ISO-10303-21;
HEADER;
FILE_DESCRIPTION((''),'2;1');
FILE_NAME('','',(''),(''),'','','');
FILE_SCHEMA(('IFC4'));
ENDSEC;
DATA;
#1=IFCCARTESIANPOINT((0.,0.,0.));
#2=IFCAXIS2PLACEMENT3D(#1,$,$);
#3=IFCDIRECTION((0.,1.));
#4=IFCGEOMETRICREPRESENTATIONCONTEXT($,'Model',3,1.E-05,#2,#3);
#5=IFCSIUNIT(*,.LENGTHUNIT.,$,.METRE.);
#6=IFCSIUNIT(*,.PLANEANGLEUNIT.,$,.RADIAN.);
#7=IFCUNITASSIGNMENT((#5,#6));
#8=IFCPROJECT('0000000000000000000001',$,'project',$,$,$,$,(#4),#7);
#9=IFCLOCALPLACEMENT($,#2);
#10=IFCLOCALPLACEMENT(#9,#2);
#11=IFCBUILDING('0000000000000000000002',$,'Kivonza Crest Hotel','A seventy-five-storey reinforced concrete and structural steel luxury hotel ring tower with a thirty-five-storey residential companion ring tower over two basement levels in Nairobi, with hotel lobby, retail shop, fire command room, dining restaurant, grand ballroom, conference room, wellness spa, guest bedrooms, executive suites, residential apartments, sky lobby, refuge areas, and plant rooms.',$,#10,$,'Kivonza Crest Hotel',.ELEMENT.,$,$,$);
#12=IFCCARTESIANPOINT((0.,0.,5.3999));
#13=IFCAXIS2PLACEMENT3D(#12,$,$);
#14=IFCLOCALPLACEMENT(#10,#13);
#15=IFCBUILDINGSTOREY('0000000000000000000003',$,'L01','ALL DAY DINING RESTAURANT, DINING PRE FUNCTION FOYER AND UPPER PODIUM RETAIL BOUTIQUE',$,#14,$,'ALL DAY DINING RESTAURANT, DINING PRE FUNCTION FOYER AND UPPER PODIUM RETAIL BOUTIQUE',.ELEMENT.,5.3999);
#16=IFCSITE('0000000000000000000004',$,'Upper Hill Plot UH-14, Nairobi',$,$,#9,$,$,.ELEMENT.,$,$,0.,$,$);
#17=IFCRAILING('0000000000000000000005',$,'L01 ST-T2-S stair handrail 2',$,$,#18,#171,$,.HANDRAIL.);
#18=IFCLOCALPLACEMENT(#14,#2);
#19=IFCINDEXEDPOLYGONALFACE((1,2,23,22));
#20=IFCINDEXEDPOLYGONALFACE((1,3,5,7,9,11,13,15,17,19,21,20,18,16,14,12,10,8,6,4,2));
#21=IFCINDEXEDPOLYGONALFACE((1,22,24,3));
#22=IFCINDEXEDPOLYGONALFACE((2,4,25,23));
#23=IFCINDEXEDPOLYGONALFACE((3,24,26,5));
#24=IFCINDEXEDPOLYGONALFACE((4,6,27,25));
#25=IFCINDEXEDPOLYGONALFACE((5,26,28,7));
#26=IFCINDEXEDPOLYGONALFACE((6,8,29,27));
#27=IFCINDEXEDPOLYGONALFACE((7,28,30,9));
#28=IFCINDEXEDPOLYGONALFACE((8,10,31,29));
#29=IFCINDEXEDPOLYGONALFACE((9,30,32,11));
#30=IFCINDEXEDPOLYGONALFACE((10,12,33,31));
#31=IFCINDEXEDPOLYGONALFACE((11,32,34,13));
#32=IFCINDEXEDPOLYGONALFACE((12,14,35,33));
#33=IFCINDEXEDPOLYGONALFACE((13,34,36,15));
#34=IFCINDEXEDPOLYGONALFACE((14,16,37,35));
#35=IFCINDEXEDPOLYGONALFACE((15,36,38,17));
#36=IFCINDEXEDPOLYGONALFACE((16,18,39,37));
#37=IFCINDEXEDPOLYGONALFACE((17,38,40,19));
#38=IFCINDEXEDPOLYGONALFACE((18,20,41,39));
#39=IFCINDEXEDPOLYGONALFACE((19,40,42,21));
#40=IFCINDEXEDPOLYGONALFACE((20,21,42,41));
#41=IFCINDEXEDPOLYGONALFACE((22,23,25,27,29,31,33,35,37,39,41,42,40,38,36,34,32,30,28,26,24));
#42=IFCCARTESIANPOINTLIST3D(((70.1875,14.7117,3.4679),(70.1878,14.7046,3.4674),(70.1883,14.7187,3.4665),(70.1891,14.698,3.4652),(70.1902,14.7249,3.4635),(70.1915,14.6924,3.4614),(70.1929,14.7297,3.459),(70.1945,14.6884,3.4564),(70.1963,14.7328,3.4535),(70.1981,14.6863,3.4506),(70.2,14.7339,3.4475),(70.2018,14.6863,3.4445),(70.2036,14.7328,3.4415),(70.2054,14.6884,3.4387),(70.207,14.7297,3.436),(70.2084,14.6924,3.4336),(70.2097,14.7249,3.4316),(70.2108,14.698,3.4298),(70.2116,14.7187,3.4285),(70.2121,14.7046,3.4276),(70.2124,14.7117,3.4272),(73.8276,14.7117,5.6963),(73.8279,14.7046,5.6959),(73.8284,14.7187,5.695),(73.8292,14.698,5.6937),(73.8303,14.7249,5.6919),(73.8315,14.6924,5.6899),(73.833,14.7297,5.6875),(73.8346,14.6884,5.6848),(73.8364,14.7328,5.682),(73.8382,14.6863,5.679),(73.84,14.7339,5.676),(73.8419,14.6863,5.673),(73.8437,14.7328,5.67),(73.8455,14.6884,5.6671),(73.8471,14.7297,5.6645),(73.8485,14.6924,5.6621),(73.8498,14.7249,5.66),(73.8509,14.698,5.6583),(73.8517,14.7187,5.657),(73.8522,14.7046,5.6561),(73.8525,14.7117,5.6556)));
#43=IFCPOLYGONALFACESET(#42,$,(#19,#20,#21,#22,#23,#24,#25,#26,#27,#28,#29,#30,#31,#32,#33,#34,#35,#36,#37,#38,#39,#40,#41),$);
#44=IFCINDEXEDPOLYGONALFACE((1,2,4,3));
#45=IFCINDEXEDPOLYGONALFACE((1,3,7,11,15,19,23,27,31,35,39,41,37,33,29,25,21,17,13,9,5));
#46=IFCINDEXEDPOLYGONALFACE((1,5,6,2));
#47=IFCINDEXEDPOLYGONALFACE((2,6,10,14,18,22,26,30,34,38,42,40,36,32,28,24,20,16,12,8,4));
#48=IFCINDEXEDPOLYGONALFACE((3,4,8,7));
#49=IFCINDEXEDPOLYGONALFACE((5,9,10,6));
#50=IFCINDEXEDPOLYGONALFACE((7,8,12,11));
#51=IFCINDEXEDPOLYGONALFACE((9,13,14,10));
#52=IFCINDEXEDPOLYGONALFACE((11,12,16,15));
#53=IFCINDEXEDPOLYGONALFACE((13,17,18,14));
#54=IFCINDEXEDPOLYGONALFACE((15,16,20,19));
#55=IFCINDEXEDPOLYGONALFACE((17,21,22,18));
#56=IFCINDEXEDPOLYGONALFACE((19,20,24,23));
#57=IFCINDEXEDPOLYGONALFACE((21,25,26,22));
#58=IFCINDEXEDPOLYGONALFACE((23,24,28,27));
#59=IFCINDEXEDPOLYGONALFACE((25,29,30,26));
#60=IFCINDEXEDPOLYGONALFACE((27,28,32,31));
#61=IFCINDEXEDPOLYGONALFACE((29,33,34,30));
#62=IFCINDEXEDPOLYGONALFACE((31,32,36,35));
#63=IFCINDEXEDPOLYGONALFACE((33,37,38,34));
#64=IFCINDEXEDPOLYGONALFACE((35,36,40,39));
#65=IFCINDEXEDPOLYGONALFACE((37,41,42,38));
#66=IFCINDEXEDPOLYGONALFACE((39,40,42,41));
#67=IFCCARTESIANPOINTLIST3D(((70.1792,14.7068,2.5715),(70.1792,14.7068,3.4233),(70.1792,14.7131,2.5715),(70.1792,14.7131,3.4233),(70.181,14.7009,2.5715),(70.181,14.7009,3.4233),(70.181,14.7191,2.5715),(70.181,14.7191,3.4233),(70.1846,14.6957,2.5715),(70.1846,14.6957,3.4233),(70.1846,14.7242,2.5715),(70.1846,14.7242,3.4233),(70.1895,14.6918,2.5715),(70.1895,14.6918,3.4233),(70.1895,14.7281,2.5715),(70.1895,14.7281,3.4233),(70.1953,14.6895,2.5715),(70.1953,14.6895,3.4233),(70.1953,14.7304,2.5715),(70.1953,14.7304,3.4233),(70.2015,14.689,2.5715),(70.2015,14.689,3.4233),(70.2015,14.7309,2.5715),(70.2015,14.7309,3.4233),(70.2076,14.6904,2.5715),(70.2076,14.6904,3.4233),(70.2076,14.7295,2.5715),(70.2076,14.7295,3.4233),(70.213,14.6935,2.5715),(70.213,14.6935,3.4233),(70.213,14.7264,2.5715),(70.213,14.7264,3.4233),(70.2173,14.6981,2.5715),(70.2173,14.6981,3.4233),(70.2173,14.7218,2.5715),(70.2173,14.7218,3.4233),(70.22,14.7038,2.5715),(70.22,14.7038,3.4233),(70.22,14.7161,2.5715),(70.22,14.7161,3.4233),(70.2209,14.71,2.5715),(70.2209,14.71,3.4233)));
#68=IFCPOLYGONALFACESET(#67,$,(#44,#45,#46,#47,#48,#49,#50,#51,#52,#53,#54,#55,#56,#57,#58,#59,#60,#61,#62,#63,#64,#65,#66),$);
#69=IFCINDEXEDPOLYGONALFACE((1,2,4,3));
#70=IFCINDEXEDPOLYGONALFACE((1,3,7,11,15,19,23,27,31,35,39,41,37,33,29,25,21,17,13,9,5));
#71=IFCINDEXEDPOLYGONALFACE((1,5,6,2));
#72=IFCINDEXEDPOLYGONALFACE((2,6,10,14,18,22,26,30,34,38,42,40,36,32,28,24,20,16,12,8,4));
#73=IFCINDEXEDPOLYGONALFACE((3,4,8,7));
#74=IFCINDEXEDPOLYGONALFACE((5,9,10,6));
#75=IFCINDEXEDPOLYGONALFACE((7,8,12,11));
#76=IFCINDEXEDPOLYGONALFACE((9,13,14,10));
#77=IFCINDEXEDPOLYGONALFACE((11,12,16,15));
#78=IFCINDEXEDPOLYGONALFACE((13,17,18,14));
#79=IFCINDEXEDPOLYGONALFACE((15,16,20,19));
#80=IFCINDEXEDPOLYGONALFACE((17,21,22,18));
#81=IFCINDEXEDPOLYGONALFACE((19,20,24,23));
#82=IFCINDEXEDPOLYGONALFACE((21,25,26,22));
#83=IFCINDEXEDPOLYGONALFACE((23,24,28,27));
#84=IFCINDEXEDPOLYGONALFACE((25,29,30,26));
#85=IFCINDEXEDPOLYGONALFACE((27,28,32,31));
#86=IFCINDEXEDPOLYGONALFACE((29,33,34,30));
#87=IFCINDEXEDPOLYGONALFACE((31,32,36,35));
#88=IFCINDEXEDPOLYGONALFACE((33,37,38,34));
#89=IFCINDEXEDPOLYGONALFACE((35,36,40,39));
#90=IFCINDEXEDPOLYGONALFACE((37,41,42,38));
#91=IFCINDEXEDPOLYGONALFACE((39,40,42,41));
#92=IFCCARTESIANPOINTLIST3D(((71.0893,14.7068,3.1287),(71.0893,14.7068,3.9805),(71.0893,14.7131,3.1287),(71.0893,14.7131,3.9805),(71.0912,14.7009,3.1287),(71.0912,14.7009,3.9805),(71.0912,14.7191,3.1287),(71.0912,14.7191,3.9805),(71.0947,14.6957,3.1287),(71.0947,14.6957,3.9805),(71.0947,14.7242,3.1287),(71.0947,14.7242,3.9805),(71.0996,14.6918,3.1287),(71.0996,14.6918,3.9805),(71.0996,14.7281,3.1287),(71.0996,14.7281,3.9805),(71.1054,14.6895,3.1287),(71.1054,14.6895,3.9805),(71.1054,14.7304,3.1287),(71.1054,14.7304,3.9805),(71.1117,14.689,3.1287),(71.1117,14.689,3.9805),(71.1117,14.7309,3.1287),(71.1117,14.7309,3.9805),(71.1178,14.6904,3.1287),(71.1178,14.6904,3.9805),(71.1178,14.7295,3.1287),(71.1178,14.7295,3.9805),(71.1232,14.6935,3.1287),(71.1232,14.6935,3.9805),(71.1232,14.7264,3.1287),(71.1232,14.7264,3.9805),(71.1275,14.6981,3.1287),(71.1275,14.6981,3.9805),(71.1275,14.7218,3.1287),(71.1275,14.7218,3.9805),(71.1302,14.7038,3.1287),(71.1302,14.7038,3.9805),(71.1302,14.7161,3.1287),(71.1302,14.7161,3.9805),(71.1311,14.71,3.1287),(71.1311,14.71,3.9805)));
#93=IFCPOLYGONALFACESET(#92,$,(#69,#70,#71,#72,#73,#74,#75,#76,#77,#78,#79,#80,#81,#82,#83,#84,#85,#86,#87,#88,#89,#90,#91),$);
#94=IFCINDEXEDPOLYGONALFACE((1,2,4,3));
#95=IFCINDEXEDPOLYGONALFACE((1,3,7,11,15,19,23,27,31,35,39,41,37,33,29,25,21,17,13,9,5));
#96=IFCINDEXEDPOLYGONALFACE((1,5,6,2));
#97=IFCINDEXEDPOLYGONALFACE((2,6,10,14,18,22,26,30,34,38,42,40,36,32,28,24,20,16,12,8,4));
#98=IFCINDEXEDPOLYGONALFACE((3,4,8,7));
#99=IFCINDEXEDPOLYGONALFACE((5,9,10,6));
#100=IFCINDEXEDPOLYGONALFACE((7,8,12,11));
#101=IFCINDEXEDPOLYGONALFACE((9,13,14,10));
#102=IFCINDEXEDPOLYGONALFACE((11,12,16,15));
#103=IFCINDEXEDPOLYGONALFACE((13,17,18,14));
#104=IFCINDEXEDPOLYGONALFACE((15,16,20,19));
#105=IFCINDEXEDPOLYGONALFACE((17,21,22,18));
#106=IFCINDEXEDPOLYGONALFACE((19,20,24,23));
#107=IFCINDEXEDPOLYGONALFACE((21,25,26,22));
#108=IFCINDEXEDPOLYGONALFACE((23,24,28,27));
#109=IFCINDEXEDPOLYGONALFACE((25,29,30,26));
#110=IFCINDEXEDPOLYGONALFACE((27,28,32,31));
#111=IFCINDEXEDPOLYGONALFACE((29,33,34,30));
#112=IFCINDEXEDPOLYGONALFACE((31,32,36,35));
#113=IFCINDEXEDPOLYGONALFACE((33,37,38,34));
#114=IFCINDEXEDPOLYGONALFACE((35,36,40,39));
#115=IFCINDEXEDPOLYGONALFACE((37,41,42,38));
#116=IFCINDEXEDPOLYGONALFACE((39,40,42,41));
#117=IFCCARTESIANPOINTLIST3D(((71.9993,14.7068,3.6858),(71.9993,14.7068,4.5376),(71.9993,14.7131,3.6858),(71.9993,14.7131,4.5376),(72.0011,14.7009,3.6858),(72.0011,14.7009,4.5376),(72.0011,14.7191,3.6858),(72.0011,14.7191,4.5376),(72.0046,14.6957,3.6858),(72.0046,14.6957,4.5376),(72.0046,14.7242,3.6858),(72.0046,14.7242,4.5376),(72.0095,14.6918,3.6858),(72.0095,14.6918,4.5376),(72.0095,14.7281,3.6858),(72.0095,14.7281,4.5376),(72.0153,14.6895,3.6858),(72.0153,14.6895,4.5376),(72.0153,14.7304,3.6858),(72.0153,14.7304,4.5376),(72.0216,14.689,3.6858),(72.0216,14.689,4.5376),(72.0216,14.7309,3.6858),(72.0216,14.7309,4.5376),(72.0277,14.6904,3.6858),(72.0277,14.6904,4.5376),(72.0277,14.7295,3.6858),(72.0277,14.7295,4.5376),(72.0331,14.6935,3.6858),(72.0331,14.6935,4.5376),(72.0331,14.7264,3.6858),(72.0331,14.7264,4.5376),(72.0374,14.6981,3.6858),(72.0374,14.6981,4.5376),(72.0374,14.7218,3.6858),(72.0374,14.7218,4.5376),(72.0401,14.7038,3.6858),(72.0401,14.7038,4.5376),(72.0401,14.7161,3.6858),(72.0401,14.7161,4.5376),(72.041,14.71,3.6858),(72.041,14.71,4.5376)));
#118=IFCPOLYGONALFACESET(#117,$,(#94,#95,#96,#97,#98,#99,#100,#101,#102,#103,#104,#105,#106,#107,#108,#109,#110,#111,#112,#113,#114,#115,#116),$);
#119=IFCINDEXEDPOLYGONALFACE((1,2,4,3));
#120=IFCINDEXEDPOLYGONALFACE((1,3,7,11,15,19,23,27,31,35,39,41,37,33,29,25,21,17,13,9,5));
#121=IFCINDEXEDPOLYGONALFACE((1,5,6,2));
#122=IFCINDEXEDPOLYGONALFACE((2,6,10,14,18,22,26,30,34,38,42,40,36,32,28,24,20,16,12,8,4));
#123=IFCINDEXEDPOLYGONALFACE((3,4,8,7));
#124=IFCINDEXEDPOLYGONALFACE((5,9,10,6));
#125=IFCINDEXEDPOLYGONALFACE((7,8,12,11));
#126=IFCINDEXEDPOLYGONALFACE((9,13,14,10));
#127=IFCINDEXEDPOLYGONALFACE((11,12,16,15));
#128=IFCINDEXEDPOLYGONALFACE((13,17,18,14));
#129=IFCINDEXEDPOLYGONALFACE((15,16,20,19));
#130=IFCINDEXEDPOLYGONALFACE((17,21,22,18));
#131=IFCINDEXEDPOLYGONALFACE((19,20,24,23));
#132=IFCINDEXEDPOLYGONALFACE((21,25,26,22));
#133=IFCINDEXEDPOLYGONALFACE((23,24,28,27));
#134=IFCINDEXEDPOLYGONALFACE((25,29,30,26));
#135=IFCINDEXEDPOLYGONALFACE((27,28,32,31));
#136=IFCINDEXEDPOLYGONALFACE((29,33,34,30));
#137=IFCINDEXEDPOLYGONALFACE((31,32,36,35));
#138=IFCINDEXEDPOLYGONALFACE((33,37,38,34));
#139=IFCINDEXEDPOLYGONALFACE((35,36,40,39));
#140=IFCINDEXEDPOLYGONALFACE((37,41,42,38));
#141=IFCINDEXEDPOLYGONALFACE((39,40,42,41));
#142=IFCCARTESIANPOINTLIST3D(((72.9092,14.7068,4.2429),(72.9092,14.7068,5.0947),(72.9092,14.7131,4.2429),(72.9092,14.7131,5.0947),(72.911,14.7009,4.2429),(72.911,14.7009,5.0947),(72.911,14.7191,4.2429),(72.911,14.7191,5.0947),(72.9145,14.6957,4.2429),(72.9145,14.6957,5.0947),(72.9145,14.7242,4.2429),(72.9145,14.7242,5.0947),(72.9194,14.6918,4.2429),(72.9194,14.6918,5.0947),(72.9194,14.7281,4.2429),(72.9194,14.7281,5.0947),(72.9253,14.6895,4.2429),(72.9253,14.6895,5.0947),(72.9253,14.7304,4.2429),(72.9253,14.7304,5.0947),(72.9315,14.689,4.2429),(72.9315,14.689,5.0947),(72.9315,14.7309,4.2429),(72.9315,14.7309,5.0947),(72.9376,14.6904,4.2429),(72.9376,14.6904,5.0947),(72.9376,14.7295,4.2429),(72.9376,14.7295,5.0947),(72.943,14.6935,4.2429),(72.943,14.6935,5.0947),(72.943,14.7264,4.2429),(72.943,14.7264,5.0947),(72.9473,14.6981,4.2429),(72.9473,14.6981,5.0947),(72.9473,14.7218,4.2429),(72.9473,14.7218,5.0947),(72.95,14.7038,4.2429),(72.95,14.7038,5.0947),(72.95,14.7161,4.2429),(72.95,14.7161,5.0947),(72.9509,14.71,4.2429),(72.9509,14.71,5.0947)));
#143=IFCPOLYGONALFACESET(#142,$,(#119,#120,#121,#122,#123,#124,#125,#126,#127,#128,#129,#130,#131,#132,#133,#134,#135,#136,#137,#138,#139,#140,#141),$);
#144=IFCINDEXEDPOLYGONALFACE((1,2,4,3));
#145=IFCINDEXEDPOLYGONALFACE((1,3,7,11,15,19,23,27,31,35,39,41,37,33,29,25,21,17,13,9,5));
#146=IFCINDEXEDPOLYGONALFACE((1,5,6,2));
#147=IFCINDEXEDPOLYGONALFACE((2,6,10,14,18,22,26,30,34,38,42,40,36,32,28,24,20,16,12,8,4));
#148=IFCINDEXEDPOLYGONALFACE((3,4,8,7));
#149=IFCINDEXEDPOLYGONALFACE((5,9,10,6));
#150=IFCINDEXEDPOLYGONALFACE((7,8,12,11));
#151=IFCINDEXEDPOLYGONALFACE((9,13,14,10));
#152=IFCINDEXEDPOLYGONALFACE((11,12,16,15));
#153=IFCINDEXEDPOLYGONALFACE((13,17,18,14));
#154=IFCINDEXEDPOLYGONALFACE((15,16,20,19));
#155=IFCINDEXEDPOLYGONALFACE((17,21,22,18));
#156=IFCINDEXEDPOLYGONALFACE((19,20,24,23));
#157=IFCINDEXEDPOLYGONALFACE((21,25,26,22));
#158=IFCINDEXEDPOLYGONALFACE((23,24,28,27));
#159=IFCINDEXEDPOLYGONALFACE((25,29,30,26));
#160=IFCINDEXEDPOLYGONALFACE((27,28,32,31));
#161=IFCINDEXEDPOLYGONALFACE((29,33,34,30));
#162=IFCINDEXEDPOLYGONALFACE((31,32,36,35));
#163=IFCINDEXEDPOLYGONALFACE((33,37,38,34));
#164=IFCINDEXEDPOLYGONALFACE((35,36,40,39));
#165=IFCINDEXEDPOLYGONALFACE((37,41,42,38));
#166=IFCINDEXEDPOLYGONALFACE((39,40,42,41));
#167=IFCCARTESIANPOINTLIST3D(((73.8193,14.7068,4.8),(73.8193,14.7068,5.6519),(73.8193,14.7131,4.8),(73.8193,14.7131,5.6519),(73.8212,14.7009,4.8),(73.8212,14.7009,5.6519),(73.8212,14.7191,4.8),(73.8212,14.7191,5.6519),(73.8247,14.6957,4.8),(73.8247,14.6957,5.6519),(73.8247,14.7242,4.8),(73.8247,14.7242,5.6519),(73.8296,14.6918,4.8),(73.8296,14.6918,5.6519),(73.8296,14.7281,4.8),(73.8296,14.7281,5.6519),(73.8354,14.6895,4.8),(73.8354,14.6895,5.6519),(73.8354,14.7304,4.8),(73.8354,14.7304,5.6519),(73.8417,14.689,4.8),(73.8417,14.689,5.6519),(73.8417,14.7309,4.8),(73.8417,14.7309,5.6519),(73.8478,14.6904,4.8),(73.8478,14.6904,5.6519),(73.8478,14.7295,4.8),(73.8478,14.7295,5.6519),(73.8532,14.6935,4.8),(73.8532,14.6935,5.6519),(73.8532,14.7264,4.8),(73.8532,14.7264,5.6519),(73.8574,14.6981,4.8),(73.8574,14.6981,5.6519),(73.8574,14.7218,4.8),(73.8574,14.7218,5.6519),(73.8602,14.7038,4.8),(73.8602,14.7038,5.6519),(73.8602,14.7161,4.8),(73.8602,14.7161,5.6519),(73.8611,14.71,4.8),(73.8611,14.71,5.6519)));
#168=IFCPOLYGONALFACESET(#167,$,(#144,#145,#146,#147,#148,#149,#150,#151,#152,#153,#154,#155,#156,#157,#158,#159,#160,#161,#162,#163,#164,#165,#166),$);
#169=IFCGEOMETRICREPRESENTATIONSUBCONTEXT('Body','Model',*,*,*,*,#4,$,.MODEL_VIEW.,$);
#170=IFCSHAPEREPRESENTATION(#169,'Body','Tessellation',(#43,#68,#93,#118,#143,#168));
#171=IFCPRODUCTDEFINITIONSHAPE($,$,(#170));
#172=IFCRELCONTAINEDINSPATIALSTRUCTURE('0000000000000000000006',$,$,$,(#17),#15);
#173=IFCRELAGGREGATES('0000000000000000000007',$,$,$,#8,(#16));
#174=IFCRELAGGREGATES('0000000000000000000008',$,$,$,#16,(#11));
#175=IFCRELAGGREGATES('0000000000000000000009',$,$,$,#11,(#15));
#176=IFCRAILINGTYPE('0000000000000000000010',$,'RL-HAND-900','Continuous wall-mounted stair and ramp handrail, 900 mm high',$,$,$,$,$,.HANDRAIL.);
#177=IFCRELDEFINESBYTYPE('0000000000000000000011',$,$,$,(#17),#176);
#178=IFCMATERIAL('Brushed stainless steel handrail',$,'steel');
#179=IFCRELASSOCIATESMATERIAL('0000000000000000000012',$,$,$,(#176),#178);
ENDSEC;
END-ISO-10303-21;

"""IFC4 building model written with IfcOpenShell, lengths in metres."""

from ifc_helpers import new_model, si_unit, direction, frame, origin, origin_2d, place, context, subcontext, project, spatial, circle, extrude, material, type_object, element, save


model = new_model("IFC4")

# Units and contexts
model_context = context("Model", 3, precision=1e-05, world=origin(), true_north=direction((0.0, 1.0)))
body_context = subcontext(model_context, "Body", "Model", "MODEL_VIEW")
ifc_project = project(units=[si_unit("LENGTHUNIT", "METRE"), si_unit("PLANEANGLEUNIT", "RADIAN")], contexts=[model_context])

# Site, building, storey
site_placement = place(None, origin())
site = spatial("IfcSite", under=ifc_project, at=site_placement, Name="Upper Hill Plot UH-14, Nairobi", CompositionType="ELEMENT", RefElevation=0.0)
building_placement = place(site_placement, origin())
building = spatial("IfcBuilding", under=site, at=building_placement, Name="Kivonza Crest Hotel", Description="A seventy-five-storey reinforced concrete and structural steel luxury hotel ring tower with a thirty-five-storey residential companion ring tower over two basement levels in Nairobi, with hotel lobby, retail shop, fire command room, dining restaurant, grand ballroom, conference room, wellness spa, guest bedrooms, executive suites, residential apartments, sky lobby, refuge areas, and plant rooms.", LongName="Kivonza Crest Hotel", CompositionType="ELEMENT")
storey_placement = place(building_placement, frame((0.0, 0.0, 5.3999)))
storey = spatial("IfcBuildingStorey", under=building, at=storey_placement, Name="L01", Description="ALL DAY DINING RESTAURANT, DINING PRE FUNCTION FOYER AND UPPER PODIUM RETAIL BOUTIQUE", LongName="ALL DAY DINING RESTAURANT, DINING PRE FUNCTION FOYER AND UPPER PODIUM RETAIL BOUTIQUE", CompositionType="ELEMENT", Elevation=5.3999)

# Railing
ifc_material_1 = material(Name="Brushed stainless steel handrail", Category="steel")
railing_type_1 = type_object("IfcRailingType", Name="RL-HAND-900", Description="Continuous wall-mounted stair and ramp handrail, 900 mm high", PredefinedType="HANDRAIL", material=ifc_material_1)
railing_1_placement = place(storey_placement, frame((70.2, 14.71, 2.5715)))
element("IfcRailing", 1, at=railing_1_placement, inside=storey, type_object=railing_type_1, Name="L01 ST-T2-S stair handrail 2", PredefinedType="HANDRAIL", context=body_context, shape_type="SweptSolid", body=[
    extrude(circle(Radius=0.0239, at=origin_2d()), frame((0.0, 0.0, 0.876), z_axis=(0.852866, 0.0, 0.52213), x_axis=(0.0, 1.0, 0.0)), (0.0, 0.0, 1.0), 4.2681),
    extrude(circle(Radius=0.021, at=origin_2d()), origin(), (0.0, 0.0, 1.0), 0.8518),
    extrude(circle(Radius=0.021, at=origin_2d()), frame((0.9102, 0.0, 0.5571)), (0.0, 0.0, 1.0), 0.8518),
    extrude(circle(Radius=0.021, at=origin_2d()), frame((1.8201, 0.0, 1.1143)), (0.0, 0.0, 1.0), 0.8518),
    extrude(circle(Radius=0.021, at=origin_2d()), frame((2.73, 0.0, 1.6714)), (0.0, 0.0, 1.0), 0.8518),
    extrude(circle(Radius=0.021, at=origin_2d()), frame((3.6401, 0.0, 2.2285)), (0.0, 0.0, 1.0), 0.8518),
])

save(model, "model.ifc")
